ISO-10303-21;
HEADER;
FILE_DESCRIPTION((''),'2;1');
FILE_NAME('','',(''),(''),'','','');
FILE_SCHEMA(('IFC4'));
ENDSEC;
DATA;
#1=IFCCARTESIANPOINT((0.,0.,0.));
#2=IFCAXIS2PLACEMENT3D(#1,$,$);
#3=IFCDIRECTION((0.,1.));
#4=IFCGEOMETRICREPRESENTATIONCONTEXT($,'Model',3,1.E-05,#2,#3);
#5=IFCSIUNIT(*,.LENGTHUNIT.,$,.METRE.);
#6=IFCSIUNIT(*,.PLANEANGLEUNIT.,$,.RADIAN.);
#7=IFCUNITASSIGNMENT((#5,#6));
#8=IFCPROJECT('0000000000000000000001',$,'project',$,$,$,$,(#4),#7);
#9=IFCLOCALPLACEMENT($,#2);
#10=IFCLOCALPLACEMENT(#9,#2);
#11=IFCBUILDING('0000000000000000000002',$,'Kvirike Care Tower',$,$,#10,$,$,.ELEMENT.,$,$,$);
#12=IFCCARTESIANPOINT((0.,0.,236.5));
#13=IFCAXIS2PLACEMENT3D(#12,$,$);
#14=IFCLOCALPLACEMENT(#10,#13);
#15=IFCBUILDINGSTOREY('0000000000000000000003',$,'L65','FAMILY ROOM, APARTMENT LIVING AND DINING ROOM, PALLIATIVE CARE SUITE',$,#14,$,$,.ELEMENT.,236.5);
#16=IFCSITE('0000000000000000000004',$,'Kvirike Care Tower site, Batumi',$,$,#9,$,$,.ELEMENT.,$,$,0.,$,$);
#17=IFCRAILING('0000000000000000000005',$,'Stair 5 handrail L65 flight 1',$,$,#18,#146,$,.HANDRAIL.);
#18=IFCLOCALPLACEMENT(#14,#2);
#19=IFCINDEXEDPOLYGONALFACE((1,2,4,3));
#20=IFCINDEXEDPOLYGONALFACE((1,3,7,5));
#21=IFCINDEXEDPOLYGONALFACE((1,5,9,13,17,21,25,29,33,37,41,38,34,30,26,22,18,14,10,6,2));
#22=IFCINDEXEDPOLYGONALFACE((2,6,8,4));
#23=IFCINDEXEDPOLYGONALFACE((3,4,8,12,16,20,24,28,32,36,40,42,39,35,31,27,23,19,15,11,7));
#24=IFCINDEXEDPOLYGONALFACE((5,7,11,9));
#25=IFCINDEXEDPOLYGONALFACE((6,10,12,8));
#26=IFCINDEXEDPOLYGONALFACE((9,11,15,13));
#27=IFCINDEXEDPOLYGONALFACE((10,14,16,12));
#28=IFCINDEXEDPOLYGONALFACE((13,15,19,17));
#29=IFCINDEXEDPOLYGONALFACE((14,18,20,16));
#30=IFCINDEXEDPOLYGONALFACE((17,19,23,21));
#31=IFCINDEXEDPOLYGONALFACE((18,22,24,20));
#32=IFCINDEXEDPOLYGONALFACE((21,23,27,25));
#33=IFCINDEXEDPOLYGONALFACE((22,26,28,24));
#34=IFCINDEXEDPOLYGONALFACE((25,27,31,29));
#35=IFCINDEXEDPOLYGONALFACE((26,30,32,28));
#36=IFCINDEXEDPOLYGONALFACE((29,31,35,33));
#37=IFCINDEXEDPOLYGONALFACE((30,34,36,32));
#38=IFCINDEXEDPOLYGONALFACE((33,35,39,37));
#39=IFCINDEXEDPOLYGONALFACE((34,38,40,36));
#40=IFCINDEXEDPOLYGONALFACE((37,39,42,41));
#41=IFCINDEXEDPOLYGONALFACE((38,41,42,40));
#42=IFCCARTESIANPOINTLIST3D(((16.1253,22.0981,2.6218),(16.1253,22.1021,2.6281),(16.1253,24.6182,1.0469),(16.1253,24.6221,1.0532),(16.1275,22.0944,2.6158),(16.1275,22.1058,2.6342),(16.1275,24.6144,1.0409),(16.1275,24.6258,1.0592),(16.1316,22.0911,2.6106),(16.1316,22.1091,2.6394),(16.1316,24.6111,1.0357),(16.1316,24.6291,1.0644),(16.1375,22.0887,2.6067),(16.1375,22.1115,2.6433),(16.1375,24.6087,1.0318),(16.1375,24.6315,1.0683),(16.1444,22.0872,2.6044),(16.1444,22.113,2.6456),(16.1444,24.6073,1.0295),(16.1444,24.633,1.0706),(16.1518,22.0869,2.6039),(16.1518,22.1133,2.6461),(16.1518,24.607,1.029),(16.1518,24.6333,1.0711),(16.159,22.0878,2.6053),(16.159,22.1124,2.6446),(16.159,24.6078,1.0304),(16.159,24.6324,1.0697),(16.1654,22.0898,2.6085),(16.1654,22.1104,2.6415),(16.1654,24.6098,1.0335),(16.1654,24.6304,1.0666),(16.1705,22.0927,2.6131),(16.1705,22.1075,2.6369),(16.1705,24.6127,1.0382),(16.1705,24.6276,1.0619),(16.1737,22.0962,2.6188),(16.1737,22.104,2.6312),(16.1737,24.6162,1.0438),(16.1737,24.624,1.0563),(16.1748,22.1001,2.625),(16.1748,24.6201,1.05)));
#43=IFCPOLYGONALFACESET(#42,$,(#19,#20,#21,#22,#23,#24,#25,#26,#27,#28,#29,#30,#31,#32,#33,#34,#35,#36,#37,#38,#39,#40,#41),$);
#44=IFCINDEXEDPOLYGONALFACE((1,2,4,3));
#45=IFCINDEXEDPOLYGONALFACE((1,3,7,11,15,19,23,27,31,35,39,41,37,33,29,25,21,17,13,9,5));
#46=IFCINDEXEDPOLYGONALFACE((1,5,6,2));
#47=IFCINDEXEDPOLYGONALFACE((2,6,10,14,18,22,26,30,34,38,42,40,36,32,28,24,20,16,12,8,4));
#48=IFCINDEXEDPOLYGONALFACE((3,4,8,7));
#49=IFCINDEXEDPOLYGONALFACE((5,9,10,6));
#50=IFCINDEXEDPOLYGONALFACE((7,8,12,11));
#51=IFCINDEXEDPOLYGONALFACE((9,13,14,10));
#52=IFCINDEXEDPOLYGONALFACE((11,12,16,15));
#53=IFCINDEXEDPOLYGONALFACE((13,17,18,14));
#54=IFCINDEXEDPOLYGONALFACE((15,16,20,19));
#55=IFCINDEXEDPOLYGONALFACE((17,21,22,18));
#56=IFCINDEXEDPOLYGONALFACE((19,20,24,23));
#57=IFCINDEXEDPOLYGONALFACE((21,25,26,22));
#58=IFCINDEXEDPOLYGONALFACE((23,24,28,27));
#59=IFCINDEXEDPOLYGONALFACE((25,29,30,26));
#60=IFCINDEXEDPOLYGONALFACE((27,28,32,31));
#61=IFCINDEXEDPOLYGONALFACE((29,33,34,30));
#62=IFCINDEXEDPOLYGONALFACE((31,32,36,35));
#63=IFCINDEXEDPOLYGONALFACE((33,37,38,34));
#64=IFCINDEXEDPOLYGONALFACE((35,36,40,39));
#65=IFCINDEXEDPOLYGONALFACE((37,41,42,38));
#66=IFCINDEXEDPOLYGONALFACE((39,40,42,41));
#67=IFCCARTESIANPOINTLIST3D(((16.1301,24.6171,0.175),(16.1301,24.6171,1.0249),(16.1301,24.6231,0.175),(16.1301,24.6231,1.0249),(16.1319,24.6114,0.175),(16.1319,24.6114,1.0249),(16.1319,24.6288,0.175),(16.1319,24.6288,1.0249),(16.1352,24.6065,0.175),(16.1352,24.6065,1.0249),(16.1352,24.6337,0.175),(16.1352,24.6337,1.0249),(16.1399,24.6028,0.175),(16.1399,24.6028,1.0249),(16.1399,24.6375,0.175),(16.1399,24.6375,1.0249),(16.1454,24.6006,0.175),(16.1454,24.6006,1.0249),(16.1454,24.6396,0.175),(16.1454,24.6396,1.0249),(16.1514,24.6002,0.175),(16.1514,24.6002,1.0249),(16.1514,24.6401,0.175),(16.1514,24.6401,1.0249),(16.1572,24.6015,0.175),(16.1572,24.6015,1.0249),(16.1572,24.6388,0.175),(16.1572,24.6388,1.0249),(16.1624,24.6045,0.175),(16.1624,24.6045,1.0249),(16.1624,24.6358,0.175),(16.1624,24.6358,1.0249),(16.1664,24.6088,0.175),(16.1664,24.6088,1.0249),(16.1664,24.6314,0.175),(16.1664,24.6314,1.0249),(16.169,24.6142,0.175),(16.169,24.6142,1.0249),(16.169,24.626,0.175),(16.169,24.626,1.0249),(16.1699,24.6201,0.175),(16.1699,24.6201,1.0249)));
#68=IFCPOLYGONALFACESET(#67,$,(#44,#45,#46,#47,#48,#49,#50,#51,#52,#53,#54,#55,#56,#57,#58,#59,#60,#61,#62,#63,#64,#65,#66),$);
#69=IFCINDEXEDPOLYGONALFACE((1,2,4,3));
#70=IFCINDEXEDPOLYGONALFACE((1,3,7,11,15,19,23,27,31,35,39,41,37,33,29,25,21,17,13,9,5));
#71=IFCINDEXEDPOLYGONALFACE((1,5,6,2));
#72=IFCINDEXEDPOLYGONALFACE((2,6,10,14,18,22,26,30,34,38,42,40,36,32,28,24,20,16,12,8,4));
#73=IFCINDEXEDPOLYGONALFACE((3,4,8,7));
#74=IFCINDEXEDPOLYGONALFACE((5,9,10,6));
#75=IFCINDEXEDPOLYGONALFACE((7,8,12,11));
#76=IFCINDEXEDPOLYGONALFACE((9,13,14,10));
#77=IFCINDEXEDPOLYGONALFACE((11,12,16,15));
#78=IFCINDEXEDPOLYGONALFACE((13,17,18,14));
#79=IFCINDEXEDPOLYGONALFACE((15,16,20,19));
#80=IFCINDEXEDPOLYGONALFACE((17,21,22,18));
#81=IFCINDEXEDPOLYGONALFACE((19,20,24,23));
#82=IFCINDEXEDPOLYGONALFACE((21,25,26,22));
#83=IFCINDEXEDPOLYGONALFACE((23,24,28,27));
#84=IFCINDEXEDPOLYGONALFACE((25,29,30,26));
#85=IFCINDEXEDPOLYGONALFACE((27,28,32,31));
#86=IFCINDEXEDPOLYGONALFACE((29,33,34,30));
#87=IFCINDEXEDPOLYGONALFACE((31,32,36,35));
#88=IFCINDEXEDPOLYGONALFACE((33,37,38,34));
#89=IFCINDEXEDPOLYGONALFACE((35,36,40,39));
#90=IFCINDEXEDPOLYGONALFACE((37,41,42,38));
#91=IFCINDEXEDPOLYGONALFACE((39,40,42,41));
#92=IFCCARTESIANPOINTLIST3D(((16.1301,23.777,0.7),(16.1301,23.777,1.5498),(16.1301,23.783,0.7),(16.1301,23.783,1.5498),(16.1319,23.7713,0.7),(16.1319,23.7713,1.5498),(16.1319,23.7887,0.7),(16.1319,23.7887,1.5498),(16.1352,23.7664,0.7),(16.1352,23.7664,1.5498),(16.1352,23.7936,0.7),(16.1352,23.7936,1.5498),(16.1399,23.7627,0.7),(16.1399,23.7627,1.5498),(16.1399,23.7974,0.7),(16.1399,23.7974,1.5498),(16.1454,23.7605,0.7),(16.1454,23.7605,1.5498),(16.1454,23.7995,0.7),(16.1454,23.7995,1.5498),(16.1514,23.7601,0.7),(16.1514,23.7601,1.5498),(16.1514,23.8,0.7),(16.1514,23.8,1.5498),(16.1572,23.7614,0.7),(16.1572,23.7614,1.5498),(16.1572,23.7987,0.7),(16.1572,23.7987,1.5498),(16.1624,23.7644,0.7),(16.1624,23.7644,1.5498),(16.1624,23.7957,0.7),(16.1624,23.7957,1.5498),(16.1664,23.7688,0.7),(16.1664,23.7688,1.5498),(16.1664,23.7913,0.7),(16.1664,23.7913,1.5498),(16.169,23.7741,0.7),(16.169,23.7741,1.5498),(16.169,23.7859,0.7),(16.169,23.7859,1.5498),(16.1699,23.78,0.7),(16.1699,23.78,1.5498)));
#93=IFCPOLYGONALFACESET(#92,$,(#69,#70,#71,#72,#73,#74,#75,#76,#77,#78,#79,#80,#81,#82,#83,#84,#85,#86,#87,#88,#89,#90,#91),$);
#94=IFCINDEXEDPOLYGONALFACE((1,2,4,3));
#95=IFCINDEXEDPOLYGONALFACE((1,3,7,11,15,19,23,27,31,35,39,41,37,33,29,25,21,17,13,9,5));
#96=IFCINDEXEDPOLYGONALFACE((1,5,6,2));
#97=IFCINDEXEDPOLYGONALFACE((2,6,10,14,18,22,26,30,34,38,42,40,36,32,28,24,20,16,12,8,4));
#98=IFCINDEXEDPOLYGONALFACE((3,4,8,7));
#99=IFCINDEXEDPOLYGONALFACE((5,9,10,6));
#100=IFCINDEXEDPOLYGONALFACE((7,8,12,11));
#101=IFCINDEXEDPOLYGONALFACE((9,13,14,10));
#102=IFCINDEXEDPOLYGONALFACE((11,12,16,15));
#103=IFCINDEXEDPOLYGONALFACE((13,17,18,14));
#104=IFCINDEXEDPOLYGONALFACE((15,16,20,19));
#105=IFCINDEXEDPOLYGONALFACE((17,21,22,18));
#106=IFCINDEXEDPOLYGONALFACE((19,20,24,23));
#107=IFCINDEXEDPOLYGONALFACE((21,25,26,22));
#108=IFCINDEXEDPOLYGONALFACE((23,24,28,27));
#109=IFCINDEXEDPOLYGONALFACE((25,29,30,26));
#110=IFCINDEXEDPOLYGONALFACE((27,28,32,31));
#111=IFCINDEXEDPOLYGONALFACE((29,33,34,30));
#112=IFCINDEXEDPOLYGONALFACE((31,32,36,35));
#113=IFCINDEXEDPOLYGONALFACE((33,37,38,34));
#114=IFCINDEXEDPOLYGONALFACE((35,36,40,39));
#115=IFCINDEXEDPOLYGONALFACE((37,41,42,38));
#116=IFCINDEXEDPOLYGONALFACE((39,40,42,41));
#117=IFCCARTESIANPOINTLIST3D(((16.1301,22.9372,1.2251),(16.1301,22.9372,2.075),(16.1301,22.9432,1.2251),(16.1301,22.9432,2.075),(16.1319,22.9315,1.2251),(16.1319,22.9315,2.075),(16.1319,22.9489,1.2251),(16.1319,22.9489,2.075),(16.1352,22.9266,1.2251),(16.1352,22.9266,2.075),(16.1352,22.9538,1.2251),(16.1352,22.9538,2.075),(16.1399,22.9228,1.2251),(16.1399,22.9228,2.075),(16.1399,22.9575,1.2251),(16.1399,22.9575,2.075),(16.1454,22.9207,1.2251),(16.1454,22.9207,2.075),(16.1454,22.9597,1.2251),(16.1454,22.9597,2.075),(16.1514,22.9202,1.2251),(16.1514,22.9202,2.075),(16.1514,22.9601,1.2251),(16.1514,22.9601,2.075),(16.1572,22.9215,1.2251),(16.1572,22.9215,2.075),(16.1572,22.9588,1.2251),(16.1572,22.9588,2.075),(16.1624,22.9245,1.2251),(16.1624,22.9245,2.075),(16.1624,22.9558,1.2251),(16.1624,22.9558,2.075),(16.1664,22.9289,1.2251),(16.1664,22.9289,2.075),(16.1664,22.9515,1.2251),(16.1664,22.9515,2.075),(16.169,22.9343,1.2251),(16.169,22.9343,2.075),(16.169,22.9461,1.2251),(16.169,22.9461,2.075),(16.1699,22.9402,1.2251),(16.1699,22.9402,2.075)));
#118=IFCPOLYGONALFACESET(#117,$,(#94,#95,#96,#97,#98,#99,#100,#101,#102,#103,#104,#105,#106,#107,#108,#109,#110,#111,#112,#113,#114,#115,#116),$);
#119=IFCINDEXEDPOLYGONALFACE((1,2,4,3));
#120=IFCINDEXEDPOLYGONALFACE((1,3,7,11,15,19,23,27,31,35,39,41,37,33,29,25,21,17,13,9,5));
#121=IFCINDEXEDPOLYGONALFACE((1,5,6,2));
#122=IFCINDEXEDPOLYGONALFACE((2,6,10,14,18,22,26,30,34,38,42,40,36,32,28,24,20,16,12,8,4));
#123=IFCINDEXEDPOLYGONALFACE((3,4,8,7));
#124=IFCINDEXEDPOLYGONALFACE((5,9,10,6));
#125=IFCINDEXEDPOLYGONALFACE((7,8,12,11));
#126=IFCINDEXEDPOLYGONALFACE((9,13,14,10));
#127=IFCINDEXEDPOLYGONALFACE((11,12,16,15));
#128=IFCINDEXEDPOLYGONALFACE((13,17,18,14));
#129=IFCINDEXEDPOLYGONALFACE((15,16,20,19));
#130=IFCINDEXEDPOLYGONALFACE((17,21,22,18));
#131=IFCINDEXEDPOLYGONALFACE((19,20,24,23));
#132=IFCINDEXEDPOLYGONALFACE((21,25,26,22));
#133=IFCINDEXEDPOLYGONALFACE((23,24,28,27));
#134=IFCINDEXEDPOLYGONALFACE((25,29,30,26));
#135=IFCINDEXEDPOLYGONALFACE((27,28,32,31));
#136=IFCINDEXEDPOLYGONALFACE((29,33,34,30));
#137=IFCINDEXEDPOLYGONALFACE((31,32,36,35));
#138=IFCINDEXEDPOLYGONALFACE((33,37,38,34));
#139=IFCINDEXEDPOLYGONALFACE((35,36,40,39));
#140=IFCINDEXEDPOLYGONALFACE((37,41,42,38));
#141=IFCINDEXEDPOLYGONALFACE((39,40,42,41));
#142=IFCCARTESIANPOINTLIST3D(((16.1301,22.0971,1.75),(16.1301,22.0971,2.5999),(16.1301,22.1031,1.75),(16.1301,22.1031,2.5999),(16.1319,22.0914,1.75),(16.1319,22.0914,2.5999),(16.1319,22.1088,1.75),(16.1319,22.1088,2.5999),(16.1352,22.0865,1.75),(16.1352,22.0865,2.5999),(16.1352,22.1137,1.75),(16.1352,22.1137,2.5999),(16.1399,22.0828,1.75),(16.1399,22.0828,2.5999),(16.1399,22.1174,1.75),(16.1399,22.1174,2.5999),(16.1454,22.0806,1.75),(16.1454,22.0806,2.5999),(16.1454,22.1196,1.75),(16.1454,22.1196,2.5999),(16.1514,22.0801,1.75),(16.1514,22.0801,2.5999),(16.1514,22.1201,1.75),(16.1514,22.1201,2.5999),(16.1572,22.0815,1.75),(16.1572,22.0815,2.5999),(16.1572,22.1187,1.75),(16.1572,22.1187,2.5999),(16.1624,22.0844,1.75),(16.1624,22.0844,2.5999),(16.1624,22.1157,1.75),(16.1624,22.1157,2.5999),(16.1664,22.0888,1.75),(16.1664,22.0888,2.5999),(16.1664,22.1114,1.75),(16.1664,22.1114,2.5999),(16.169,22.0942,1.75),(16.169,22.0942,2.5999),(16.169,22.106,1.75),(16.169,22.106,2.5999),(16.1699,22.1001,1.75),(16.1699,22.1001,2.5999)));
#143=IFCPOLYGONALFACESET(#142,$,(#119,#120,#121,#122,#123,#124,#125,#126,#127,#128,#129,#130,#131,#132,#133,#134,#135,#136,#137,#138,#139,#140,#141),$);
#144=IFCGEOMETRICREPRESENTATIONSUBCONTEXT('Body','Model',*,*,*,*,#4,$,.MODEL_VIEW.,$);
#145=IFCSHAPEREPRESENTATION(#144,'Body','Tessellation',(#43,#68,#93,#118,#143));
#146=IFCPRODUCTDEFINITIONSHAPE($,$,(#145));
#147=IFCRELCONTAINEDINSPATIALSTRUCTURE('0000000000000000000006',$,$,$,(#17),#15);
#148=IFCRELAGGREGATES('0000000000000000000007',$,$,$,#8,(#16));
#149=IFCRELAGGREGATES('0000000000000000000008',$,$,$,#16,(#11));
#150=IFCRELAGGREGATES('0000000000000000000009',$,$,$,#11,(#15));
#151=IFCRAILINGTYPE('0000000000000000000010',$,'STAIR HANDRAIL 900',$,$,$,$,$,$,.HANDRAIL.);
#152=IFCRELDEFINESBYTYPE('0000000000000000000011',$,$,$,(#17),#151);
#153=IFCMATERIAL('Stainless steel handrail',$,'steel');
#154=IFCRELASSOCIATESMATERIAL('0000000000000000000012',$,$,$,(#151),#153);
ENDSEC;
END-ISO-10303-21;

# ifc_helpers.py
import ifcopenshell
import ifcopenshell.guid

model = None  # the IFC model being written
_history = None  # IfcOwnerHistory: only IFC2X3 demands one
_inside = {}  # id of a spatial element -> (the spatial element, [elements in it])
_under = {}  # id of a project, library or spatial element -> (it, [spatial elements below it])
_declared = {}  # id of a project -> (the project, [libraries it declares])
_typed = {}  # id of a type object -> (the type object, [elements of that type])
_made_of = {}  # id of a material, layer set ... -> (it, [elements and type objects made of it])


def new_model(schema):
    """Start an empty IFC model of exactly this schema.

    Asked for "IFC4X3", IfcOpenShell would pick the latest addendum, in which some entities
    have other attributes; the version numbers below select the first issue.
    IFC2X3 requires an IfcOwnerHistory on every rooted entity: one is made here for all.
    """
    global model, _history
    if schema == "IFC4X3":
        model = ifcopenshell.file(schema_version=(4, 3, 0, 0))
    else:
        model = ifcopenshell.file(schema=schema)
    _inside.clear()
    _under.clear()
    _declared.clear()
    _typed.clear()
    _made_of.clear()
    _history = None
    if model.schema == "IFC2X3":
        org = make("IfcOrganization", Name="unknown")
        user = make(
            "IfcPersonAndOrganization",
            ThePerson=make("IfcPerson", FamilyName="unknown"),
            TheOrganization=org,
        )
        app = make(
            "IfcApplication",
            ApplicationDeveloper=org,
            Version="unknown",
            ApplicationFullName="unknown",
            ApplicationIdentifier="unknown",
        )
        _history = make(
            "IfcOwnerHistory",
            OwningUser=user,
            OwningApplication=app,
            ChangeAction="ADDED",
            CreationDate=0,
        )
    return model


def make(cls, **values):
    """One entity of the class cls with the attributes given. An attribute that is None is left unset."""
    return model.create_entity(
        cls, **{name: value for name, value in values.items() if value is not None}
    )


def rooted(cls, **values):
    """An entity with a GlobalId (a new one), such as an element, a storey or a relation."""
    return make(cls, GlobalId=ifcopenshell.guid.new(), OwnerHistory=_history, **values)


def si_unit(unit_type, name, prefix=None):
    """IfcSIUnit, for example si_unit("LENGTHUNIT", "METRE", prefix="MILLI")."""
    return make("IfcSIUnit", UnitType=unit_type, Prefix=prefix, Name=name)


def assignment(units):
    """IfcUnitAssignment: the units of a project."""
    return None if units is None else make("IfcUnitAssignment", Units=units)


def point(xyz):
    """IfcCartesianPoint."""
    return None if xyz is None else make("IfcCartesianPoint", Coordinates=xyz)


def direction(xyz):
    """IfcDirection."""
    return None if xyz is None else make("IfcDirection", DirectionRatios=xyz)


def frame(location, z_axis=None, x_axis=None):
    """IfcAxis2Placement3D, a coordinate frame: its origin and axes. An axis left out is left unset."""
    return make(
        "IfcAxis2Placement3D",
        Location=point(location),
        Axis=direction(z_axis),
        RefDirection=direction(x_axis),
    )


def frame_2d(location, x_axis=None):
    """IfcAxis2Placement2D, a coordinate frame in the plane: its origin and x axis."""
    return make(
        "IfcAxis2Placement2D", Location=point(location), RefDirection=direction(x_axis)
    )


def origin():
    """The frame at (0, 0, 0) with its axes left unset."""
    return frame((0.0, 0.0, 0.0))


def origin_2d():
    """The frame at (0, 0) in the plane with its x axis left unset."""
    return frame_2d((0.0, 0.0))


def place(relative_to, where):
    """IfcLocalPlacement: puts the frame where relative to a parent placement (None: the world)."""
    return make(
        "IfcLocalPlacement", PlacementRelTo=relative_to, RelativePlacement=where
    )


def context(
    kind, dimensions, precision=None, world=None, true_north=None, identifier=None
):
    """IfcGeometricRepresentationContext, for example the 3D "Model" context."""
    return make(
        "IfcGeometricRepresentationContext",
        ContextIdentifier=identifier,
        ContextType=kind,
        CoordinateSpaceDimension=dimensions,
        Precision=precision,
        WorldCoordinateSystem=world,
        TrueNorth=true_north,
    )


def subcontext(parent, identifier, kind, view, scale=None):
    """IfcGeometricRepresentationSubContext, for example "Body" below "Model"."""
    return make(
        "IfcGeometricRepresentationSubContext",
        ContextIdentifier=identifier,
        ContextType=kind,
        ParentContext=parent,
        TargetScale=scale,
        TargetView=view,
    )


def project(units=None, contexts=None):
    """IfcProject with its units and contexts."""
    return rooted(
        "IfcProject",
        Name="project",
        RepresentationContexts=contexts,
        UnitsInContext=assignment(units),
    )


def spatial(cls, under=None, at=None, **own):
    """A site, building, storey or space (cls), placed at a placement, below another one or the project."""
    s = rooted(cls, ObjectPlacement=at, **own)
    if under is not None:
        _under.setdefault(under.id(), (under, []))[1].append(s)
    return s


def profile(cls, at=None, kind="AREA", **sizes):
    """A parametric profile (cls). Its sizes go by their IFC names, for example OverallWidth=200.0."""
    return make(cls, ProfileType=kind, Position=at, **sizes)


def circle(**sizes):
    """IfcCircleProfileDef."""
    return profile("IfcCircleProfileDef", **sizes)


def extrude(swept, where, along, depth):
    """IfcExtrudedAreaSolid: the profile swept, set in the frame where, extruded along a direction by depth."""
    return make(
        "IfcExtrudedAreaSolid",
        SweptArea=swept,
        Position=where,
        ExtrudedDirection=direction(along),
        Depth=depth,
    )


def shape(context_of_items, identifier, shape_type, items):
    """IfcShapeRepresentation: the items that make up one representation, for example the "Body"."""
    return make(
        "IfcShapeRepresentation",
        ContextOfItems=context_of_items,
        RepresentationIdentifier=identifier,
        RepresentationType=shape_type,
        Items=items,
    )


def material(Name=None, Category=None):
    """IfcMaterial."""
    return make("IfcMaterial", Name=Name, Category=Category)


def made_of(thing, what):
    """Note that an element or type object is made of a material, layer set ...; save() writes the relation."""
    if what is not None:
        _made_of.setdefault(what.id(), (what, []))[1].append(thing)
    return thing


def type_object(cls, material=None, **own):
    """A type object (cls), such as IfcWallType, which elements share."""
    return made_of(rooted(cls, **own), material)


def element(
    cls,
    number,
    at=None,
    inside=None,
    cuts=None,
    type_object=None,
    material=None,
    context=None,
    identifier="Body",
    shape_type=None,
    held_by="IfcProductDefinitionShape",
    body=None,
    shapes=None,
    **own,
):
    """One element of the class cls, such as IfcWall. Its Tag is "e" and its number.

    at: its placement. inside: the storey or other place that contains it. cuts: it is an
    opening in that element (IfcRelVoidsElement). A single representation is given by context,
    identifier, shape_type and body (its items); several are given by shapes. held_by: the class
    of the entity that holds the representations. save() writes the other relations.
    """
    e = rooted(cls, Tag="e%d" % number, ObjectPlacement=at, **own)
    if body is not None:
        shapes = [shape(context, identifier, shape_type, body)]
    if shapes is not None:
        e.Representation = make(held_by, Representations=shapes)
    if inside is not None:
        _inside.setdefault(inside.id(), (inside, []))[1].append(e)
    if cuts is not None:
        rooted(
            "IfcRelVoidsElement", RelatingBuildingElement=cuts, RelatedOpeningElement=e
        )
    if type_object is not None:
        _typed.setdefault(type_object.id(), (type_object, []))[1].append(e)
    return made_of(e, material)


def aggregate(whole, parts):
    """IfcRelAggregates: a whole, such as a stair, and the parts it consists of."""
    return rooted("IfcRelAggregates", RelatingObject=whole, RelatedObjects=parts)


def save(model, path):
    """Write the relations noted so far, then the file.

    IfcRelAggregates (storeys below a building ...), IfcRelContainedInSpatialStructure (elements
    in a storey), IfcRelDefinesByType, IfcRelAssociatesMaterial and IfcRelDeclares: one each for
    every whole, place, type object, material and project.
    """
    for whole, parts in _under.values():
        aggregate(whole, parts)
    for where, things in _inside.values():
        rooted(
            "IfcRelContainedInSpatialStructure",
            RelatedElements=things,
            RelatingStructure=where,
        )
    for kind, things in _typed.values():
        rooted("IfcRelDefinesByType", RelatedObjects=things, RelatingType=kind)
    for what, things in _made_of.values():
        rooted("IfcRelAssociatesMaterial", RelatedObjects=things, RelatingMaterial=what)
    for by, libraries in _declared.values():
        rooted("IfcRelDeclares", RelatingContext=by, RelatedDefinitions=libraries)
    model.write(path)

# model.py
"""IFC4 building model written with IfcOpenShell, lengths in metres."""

from ifc_helpers import new_model, si_unit, direction, frame, origin, origin_2d, place, context, subcontext, project, spatial, circle, extrude, material, type_object, element, save


model = new_model("IFC4")

# Units and contexts
model_context = context("Model", 3, precision=1e-05, world=origin(), true_north=direction((0.0, 1.0)))
body_context = subcontext(model_context, "Body", "Model", "MODEL_VIEW")
ifc_project = project(units=[si_unit("LENGTHUNIT", "METRE"), si_unit("PLANEANGLEUNIT", "RADIAN")], contexts=[model_context])

# Site, building, storey
site_placement = place(None, origin())
site = spatial("IfcSite", under=ifc_project, at=site_placement, Name="Kvirike Care Tower site, Batumi", CompositionType="ELEMENT", RefElevation=0.0)
building_placement = place(site_placement, origin())
building = spatial("IfcBuilding", under=site, at=building_placement, Name="Kvirike Care Tower", CompositionType="ELEMENT")
storey_placement = place(building_placement, frame((0.0, 0.0, 236.5)))
storey = spatial("IfcBuildingStorey", under=building, at=storey_placement, Name="L65", Description="FAMILY ROOM, APARTMENT LIVING AND DINING ROOM, PALLIATIVE CARE SUITE", CompositionType="ELEMENT", Elevation=236.5)

# Railing
ifc_material_1 = material(Name="Stainless steel handrail", Category="steel")
railing_type = type_object("IfcRailingType", Name="STAIR HANDRAIL 900", PredefinedType="HANDRAIL", material=ifc_material_1)
railing_1_placement = place(storey_placement, frame((16.1499, 24.6201, 0.175)))
element("IfcRailing", 1, at=railing_1_placement, inside=storey, type_object=railing_type, Name="Stair 5 handrail L65 flight 1", PredefinedType="HANDRAIL", context=body_context, shape_type="SweptSolid", body=[
    extrude(circle(Radius=0.0249, at=origin_2d()), frame((0.0, 0.0, 0.875), z_axis=(0.0, -0.848008, 0.529984), x_axis=(1.0, 0.0, 0.0)), (0.0, 0.0, 1.0), 2.9717),
    extrude(circle(Radius=0.02, at=origin_2d()), origin(), (0.0, 0.0, 1.0), 0.8499),
    extrude(circle(Radius=0.02, at=origin_2d()), frame((0.0, -0.8401, 0.5249)), (0.0, 0.0, 1.0), 0.8499),
    extrude(circle(Radius=0.02, at=origin_2d()), frame((0.0, -1.6799, 1.05)), (0.0, 0.0, 1.0), 0.8499),
    extrude(circle(Radius=0.02, at=origin_2d()), frame((0.0, -2.52, 1.575)), (0.0, 0.0, 1.0), 0.8499),
])

save(model, "model.ifc")
